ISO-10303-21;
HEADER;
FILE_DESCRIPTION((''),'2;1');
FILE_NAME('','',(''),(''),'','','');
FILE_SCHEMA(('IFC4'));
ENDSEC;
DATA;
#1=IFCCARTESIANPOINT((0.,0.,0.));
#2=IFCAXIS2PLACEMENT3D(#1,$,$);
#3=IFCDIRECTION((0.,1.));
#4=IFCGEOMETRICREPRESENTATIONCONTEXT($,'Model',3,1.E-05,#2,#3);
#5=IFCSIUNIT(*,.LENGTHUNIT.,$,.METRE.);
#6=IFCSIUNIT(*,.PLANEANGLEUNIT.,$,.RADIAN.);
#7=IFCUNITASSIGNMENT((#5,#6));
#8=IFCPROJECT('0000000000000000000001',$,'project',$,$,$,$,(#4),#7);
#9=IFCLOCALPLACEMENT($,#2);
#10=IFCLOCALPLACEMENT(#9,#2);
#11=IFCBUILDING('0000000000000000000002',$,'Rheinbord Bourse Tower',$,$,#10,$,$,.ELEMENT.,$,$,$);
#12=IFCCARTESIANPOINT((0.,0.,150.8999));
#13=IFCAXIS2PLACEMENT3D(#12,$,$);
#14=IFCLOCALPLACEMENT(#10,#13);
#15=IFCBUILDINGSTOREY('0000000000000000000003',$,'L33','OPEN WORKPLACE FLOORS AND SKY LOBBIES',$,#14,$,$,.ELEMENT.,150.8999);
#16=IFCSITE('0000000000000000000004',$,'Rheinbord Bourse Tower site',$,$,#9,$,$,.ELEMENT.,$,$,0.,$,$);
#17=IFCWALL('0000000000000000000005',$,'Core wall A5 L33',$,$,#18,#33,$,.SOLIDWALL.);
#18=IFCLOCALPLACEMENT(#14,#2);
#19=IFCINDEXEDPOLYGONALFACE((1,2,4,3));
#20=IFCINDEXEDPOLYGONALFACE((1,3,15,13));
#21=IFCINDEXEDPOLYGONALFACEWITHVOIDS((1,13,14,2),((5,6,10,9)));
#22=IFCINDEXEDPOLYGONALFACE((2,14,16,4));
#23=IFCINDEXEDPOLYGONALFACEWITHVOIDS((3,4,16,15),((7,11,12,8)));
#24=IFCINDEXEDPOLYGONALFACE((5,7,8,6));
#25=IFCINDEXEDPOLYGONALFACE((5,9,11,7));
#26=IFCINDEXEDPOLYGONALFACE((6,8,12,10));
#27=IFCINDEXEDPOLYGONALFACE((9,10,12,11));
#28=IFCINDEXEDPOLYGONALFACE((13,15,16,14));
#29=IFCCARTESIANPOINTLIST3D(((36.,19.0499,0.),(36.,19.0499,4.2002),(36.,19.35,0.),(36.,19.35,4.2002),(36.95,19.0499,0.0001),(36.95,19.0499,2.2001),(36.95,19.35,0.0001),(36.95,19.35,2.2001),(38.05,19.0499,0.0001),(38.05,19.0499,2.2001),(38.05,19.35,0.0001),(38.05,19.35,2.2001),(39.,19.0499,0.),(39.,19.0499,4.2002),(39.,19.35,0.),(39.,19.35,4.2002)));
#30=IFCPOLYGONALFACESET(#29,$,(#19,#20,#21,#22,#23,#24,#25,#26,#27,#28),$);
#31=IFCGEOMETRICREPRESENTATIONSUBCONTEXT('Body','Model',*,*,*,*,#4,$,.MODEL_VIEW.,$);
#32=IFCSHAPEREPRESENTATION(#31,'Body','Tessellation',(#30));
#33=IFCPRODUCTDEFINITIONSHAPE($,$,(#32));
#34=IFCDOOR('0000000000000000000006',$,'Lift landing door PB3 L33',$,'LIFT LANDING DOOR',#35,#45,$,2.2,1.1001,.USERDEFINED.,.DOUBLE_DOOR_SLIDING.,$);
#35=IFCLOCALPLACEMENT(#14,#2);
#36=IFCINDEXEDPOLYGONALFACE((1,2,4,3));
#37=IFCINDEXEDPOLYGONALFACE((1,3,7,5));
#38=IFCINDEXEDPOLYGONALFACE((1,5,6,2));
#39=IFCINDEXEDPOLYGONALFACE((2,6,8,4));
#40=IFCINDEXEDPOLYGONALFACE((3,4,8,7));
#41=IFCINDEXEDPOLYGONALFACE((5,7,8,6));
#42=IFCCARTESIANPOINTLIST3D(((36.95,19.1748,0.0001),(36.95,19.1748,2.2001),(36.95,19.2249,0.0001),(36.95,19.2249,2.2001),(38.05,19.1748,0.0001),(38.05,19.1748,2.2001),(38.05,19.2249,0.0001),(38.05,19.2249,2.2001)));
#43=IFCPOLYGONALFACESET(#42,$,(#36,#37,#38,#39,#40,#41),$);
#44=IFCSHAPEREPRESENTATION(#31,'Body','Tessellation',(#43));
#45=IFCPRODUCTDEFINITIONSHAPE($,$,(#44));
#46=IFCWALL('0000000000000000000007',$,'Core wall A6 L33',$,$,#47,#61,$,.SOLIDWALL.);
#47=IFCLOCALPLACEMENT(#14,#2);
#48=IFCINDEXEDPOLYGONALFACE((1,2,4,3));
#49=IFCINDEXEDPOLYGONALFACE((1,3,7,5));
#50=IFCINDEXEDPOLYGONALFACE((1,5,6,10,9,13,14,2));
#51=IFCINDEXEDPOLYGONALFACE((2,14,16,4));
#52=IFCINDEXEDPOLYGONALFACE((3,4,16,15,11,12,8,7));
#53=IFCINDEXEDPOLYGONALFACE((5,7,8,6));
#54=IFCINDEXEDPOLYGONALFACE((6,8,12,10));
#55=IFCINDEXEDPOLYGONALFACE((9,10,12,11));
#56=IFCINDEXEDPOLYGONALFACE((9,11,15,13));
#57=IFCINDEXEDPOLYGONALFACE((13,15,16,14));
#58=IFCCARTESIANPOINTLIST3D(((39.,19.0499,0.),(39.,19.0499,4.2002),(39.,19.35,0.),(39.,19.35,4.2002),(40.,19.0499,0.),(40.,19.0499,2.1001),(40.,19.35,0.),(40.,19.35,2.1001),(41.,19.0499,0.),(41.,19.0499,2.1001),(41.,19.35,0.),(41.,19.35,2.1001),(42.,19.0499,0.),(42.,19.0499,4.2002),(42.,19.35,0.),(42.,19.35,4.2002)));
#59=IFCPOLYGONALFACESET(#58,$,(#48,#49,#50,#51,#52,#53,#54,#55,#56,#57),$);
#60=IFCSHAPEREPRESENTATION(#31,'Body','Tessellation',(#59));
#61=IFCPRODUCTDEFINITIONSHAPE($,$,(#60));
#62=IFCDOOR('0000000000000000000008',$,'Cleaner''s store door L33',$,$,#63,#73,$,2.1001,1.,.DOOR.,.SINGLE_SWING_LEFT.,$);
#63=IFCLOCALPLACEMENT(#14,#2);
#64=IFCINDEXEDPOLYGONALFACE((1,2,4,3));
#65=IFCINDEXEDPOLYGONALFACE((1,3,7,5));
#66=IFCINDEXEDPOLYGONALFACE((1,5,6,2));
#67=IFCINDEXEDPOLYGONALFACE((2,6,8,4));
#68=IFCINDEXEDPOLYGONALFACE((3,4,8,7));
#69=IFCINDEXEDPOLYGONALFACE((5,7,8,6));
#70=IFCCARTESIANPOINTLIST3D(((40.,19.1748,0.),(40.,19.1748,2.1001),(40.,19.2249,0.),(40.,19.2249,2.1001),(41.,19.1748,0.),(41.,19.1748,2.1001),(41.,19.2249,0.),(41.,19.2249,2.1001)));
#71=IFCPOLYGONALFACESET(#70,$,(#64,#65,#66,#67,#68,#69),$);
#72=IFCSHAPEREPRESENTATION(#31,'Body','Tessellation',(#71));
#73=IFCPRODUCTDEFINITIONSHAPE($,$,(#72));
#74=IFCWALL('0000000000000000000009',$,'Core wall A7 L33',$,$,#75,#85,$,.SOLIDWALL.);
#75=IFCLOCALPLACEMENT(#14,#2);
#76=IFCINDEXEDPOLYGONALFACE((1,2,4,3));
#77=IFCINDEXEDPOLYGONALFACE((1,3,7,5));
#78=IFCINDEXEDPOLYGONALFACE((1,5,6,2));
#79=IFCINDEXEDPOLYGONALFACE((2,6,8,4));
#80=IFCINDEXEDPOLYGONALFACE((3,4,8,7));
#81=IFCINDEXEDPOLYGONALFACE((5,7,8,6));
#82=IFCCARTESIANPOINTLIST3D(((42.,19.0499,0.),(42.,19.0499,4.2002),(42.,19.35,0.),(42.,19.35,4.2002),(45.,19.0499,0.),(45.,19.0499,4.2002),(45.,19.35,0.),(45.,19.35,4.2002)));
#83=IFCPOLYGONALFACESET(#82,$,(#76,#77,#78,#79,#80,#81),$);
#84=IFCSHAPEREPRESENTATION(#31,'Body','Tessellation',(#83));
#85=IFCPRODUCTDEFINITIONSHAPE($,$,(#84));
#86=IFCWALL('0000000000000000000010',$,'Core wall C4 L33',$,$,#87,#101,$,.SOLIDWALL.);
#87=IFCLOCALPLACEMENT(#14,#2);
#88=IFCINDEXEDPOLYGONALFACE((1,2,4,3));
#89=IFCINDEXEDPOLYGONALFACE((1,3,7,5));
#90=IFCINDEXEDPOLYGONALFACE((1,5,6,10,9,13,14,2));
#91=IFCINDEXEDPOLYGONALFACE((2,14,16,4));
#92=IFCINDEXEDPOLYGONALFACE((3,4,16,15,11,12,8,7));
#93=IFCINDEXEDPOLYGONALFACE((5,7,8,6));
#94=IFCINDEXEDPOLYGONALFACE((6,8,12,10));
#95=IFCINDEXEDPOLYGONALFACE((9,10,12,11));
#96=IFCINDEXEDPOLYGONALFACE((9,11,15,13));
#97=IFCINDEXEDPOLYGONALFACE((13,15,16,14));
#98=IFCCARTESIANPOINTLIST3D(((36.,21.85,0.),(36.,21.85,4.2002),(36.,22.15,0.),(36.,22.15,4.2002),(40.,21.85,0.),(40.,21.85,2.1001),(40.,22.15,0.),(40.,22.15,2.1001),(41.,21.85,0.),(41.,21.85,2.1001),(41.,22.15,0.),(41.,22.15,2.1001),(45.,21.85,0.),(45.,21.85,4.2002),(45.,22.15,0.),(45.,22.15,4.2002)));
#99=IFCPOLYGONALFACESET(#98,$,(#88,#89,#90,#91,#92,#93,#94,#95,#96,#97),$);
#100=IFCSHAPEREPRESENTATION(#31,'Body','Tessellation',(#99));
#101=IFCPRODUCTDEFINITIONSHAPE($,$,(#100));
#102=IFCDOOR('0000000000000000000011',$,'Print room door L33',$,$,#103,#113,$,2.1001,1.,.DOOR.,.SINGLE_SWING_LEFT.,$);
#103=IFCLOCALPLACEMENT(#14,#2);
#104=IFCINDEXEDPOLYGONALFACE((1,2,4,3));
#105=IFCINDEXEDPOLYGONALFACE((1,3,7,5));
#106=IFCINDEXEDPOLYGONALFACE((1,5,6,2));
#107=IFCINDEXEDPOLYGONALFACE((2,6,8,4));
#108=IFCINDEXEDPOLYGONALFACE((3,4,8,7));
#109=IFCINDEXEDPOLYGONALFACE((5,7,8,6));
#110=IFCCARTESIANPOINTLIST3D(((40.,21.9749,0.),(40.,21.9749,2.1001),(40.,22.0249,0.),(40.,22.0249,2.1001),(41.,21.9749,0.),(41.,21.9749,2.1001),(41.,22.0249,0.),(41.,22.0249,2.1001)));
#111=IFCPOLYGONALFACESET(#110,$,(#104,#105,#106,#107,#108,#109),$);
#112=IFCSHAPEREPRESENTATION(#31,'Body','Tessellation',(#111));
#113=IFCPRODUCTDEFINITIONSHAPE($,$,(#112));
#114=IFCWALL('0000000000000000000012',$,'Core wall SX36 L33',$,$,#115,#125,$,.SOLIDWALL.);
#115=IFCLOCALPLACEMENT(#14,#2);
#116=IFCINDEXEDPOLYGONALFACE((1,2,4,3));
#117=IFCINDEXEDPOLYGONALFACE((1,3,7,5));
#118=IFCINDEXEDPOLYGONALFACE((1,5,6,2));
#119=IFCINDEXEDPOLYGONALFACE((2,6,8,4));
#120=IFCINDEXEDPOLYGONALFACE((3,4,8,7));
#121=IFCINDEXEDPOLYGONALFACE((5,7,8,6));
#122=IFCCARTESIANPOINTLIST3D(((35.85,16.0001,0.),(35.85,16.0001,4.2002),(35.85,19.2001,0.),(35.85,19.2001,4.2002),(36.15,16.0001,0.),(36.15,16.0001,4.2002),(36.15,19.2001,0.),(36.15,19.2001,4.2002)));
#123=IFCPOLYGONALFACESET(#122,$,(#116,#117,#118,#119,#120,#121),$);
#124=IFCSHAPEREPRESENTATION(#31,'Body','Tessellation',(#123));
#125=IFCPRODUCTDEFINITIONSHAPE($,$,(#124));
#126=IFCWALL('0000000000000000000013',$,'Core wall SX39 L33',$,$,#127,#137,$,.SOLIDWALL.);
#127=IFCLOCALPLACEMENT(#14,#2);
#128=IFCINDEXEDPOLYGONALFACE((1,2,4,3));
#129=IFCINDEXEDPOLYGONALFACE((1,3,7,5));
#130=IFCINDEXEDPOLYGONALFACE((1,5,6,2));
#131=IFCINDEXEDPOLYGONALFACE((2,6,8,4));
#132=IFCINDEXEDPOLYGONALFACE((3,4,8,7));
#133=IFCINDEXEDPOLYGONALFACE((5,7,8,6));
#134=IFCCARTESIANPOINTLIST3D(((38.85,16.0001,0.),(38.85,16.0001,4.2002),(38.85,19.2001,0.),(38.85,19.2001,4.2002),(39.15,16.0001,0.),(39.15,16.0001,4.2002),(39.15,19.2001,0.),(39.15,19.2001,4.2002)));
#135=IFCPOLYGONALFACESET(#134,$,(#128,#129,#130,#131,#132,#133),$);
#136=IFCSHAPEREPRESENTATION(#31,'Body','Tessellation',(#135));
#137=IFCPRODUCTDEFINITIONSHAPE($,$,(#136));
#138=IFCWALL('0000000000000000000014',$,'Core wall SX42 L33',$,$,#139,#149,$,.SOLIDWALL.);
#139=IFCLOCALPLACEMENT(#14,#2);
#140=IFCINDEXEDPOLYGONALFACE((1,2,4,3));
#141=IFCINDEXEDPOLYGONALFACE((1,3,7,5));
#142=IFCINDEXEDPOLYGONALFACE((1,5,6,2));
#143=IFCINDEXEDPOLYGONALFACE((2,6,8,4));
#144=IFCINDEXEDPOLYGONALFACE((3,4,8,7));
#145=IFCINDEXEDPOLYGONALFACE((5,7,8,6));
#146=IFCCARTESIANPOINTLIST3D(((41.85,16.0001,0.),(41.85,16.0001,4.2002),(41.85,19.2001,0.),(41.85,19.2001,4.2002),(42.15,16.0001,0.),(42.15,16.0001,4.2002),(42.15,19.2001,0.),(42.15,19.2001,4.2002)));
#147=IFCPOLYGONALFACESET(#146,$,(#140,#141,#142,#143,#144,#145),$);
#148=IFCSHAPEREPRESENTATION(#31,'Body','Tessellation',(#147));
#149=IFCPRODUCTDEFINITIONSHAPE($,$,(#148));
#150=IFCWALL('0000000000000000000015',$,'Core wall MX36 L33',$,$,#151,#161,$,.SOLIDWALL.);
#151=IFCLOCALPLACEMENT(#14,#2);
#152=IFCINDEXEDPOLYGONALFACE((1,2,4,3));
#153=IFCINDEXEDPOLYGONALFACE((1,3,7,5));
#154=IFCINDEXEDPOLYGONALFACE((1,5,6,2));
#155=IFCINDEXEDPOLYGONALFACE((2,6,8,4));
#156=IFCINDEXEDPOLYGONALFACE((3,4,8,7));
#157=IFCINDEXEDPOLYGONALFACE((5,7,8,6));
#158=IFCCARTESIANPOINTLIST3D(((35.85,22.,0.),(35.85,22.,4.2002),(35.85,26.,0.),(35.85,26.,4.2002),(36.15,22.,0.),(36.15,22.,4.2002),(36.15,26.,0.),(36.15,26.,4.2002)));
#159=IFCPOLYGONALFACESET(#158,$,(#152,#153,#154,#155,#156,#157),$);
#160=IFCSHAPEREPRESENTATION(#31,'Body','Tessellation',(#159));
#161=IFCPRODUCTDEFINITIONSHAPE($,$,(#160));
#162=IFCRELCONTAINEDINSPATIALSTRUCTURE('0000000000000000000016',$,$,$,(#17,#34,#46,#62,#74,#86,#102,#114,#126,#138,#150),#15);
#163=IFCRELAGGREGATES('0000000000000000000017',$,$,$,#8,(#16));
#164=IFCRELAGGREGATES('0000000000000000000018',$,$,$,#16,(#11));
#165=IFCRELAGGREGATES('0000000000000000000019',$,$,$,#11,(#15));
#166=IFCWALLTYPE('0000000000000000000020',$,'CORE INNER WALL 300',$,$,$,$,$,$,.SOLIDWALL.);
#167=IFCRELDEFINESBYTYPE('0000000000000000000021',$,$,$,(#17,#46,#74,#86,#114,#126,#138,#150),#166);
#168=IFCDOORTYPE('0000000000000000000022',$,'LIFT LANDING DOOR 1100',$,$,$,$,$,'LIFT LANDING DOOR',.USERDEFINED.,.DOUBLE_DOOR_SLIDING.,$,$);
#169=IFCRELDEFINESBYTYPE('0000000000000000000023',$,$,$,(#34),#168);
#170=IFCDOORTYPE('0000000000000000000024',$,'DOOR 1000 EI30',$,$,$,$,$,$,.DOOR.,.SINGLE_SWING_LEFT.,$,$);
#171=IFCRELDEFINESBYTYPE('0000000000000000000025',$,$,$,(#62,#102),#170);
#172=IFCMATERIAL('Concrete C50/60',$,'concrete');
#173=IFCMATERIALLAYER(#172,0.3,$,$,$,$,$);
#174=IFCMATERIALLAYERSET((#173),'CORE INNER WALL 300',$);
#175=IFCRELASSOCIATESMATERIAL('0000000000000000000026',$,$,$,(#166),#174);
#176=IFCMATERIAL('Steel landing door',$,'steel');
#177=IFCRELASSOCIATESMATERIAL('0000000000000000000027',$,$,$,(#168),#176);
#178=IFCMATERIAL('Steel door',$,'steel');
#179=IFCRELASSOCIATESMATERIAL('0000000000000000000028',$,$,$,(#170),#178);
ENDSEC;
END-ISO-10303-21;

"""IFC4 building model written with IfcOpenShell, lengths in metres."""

from ifc_helpers import new_model, si_unit, direction, frame, frame_2d, origin, place, context, subcontext, project, spatial, rectangle, extrude, material, layer, layer_set, type_object, element, fill, save


model = new_model("IFC4")

# Units and contexts
model_context = context("Model", 3, precision=1e-05, world=origin(), true_north=direction((0.0, 1.0)))
body_context = subcontext(model_context, "Body", "Model", "MODEL_VIEW")
ifc_project = project(units=[si_unit("LENGTHUNIT", "METRE"), si_unit("PLANEANGLEUNIT", "RADIAN")], contexts=[model_context])

# Site, building, storey
site_placement = place(None, origin())
site = spatial("IfcSite", under=ifc_project, at=site_placement, Name="Rheinbord Bourse Tower site", CompositionType="ELEMENT", RefElevation=0.0)
building_placement = place(site_placement, origin())
building = spatial("IfcBuilding", under=site, at=building_placement, Name="Rheinbord Bourse Tower", CompositionType="ELEMENT")
storey_placement = place(building_placement, frame((0.0, 0.0, 150.8999)))
storey = spatial("IfcBuildingStorey", under=building, at=storey_placement, Name="L33", Description="OPEN WORKPLACE FLOORS AND SKY LOBBIES", CompositionType="ELEMENT", Elevation=150.8999)

# Walls, openings, doors
ifc_material_1 = material(Name="Concrete C50/60", Category="concrete")
ifc_layer_1 = layer(ifc_material_1, 0.3)
ifc_layer_set_1 = layer_set([ifc_layer_1], Name="CORE INNER WALL 300")
wall_type_1 = type_object("IfcWallType", Name="CORE INNER WALL 300", PredefinedType="SOLIDWALL", material=ifc_layer_set_1)
wall_1_placement = place(storey_placement, frame((36.0, 19.2, 0.0), z_axis=(0.0, 0.0, 1.0), x_axis=(1.0, 0.0, 0.0)))
wall_1 = element("IfcWall", 1, at=wall_1_placement, inside=storey, type_object=wall_type_1, Name="Core wall A5 L33", PredefinedType="SOLIDWALL", context=body_context, shape_type="SweptSolid", body=[
    extrude(rectangle(XDim=3.0, YDim=0.3, at=frame_2d((1.5, 0.0))), origin(), (0.0, 0.0, 1.0), 4.2002),
])
opening_1_placement = place(wall_1_placement, frame((0.95, 0.0, 0.0)))
opening_1 = element("IfcOpeningElement", 2, at=opening_1_placement, cuts=wall_1, PredefinedType="OPENING", context=body_context, shape_type="SweptSolid", body=[
    extrude(rectangle(XDim=1.1001, YDim=2.2, at=frame_2d((0.55, 1.1001))), frame((0.0, 0.1599, 0.0), z_axis=(0.0, -1.0, 0.0), x_axis=(1.0, 0.0, 0.0)), (0.0, 0.0, 1.0), 0.3201),
])
ifc_material_2 = material(Name="Steel landing door", Category="steel")
door_type_1 = type_object("IfcDoorType", Name="LIFT LANDING DOOR 1100", ElementType="LIFT LANDING DOOR", OperationType="DOUBLE_DOOR_SLIDING", PredefinedType="USERDEFINED", material=ifc_material_2)
door_1_placement = place(opening_1_placement, origin())
door_1 = element("IfcDoor", 3, at=door_1_placement, inside=storey, type_object=door_type_1, Name="Lift landing door PB3 L33", ObjectType="LIFT LANDING DOOR", OperationType="DOUBLE_DOOR_SLIDING", OverallHeight=2.2, OverallWidth=1.1001, PredefinedType="USERDEFINED", context=body_context, shape_type="SweptSolid", body=[
    extrude(rectangle(XDim=1.1001, YDim=2.2, at=frame_2d((0.55, 1.1001))), frame((0.0, 0.0249, 0.0), z_axis=(0.0, -1.0, 0.0), x_axis=(1.0, 0.0, 0.0)), (0.0, 0.0, 1.0), 0.05),
])
fill(opening_1, door_1)
wall_2_placement = place(storey_placement, frame((39.0, 19.2, 0.0), z_axis=(0.0, 0.0, 1.0), x_axis=(1.0, 0.0, 0.0)))
wall_2 = element("IfcWall", 4, at=wall_2_placement, inside=storey, type_object=wall_type_1, Name="Core wall A6 L33", PredefinedType="SOLIDWALL", context=body_context, shape_type="SweptSolid", body=[
    extrude(rectangle(XDim=3.0, YDim=0.3, at=frame_2d((1.5, 0.0))), origin(), (0.0, 0.0, 1.0), 4.2002),
])
opening_2_placement = place(wall_2_placement, frame((1.0, 0.0, 0.0)))
opening_2 = element("IfcOpeningElement", 5, at=opening_2_placement, cuts=wall_2, PredefinedType="OPENING", context=body_context, shape_type="SweptSolid", body=[
    extrude(rectangle(XDim=1.0, YDim=2.1001, at=frame_2d((0.5, 1.05))), frame((0.0, 0.1599, 0.0), z_axis=(0.0, -1.0, 0.0), x_axis=(1.0, 0.0, 0.0)), (0.0, 0.0, 1.0), 0.3201),
])
ifc_material_3 = material(Name="Steel door", Category="steel")
door_type_2 = type_object("IfcDoorType", Name="DOOR 1000 EI30", OperationType="SINGLE_SWING_LEFT", PredefinedType="DOOR", material=ifc_material_3)
door_2_placement = place(opening_2_placement, origin())
door_2 = element("IfcDoor", 6, at=door_2_placement, inside=storey, type_object=door_type_2, Name="Cleaner's store door L33", OperationType="SINGLE_SWING_LEFT", OverallHeight=2.1001, OverallWidth=1.0, PredefinedType="DOOR", context=body_context, shape_type="SweptSolid", body=[
    extrude(rectangle(XDim=1.0, YDim=2.1001, at=frame_2d((0.5, 1.05))), frame((0.0, 0.0249, 0.0), z_axis=(0.0, -1.0, 0.0), x_axis=(1.0, 0.0, 0.0)), (0.0, 0.0, 1.0), 0.05),
])
fill(opening_2, door_2)

# Wall
wall_3_placement = place(storey_placement, frame((42.0, 19.2, 0.0), z_axis=(0.0, 0.0, 1.0), x_axis=(1.0, 0.0, 0.0)))
element("IfcWall", 7, at=wall_3_placement, inside=storey, type_object=wall_type_1, Name="Core wall A7 L33", PredefinedType="SOLIDWALL", context=body_context, shape_type="SweptSolid", body=[
    extrude(rectangle(XDim=3.0, YDim=0.3, at=frame_2d((1.5, 0.0))), origin(), (0.0, 0.0, 1.0), 4.2002),
])

# Wall, opening, door
wall_4_placement = place(storey_placement, frame((36.0, 22.0, 0.0), z_axis=(0.0, 0.0, 1.0), x_axis=(1.0, 0.0, 0.0)))
wall_4 = element("IfcWall", 8, at=wall_4_placement, inside=storey, type_object=wall_type_1, Name="Core wall C4 L33", PredefinedType="SOLIDWALL", context=body_context, shape_type="SweptSolid", body=[
    extrude(rectangle(XDim=9.0, YDim=0.3, at=frame_2d((4.5, 0.0))), origin(), (0.0, 0.0, 1.0), 4.2002),
])
opening_3_placement = place(wall_4_placement, frame((4.0, 0.0, 0.0)))
opening_3 = element("IfcOpeningElement", 9, at=opening_3_placement, cuts=wall_4, PredefinedType="OPENING", context=body_context, shape_type="SweptSolid", body=[
    extrude(rectangle(XDim=1.0, YDim=2.1001, at=frame_2d((0.5, 1.05))), frame((0.0, 0.1599, 0.0), z_axis=(0.0, -1.0, 0.0), x_axis=(1.0, 0.0, 0.0)), (0.0, 0.0, 1.0), 0.3201),
])
door_3_placement = place(opening_3_placement, origin())
door_3 = element("IfcDoor", 10, at=door_3_placement, inside=storey, type_object=door_type_2, Name="Print room door L33", OperationType="SINGLE_SWING_LEFT", OverallHeight=2.1001, OverallWidth=1.0, PredefinedType="DOOR", context=body_context, shape_type="SweptSolid", body=[
    extrude(rectangle(XDim=1.0, YDim=2.1001, at=frame_2d((0.5, 1.05))), frame((0.0, 0.0249, 0.0), z_axis=(0.0, -1.0, 0.0), x_axis=(1.0, 0.0, 0.0)), (0.0, 0.0, 1.0), 0.05),
])
fill(opening_3, door_3)

# Walls
for number, where, z_axis, x_axis, name in (
    (11, (36.0, 16.0, 0.0), (0.0, 0.0, 1.0), (0.0, 1.0, 0.0), "Core wall SX36 L33"),
    (12, (39.0, 16.0, 0.0), (0.0, 0.0, 1.0), (0.0, 1.0, 0.0), "Core wall SX39 L33"),
    (13, (42.0, 16.0, 0.0), (0.0, 0.0, 1.0), (0.0, 1.0, 0.0), "Core wall SX42 L33"),
):
    element("IfcWall", number, at=place(storey_placement, frame(where, z_axis=z_axis, x_axis=x_axis)), inside=storey, type_object=wall_type_1, Name=name, PredefinedType="SOLIDWALL", context=body_context, shape_type="SweptSolid", body=[
        extrude(rectangle(XDim=3.2, YDim=0.3, at=frame_2d((1.6001, 0.0))), origin(), (0.0, 0.0, 1.0), 4.2002),
    ])
wall_5_placement = place(storey_placement, frame((36.0, 22.0, 0.0), z_axis=(0.0, 0.0, 1.0), x_axis=(0.0, 1.0, 0.0)))
element("IfcWall", 14, at=wall_5_placement, inside=storey, type_object=wall_type_1, Name="Core wall MX36 L33", PredefinedType="SOLIDWALL", context=body_context, shape_type="SweptSolid", body=[
    extrude(rectangle(XDim=4.0, YDim=0.3, at=frame_2d((2.0, 0.0))), origin(), (0.0, 0.0, 1.0), 4.2002),
])

save(model, "model.ifc")
